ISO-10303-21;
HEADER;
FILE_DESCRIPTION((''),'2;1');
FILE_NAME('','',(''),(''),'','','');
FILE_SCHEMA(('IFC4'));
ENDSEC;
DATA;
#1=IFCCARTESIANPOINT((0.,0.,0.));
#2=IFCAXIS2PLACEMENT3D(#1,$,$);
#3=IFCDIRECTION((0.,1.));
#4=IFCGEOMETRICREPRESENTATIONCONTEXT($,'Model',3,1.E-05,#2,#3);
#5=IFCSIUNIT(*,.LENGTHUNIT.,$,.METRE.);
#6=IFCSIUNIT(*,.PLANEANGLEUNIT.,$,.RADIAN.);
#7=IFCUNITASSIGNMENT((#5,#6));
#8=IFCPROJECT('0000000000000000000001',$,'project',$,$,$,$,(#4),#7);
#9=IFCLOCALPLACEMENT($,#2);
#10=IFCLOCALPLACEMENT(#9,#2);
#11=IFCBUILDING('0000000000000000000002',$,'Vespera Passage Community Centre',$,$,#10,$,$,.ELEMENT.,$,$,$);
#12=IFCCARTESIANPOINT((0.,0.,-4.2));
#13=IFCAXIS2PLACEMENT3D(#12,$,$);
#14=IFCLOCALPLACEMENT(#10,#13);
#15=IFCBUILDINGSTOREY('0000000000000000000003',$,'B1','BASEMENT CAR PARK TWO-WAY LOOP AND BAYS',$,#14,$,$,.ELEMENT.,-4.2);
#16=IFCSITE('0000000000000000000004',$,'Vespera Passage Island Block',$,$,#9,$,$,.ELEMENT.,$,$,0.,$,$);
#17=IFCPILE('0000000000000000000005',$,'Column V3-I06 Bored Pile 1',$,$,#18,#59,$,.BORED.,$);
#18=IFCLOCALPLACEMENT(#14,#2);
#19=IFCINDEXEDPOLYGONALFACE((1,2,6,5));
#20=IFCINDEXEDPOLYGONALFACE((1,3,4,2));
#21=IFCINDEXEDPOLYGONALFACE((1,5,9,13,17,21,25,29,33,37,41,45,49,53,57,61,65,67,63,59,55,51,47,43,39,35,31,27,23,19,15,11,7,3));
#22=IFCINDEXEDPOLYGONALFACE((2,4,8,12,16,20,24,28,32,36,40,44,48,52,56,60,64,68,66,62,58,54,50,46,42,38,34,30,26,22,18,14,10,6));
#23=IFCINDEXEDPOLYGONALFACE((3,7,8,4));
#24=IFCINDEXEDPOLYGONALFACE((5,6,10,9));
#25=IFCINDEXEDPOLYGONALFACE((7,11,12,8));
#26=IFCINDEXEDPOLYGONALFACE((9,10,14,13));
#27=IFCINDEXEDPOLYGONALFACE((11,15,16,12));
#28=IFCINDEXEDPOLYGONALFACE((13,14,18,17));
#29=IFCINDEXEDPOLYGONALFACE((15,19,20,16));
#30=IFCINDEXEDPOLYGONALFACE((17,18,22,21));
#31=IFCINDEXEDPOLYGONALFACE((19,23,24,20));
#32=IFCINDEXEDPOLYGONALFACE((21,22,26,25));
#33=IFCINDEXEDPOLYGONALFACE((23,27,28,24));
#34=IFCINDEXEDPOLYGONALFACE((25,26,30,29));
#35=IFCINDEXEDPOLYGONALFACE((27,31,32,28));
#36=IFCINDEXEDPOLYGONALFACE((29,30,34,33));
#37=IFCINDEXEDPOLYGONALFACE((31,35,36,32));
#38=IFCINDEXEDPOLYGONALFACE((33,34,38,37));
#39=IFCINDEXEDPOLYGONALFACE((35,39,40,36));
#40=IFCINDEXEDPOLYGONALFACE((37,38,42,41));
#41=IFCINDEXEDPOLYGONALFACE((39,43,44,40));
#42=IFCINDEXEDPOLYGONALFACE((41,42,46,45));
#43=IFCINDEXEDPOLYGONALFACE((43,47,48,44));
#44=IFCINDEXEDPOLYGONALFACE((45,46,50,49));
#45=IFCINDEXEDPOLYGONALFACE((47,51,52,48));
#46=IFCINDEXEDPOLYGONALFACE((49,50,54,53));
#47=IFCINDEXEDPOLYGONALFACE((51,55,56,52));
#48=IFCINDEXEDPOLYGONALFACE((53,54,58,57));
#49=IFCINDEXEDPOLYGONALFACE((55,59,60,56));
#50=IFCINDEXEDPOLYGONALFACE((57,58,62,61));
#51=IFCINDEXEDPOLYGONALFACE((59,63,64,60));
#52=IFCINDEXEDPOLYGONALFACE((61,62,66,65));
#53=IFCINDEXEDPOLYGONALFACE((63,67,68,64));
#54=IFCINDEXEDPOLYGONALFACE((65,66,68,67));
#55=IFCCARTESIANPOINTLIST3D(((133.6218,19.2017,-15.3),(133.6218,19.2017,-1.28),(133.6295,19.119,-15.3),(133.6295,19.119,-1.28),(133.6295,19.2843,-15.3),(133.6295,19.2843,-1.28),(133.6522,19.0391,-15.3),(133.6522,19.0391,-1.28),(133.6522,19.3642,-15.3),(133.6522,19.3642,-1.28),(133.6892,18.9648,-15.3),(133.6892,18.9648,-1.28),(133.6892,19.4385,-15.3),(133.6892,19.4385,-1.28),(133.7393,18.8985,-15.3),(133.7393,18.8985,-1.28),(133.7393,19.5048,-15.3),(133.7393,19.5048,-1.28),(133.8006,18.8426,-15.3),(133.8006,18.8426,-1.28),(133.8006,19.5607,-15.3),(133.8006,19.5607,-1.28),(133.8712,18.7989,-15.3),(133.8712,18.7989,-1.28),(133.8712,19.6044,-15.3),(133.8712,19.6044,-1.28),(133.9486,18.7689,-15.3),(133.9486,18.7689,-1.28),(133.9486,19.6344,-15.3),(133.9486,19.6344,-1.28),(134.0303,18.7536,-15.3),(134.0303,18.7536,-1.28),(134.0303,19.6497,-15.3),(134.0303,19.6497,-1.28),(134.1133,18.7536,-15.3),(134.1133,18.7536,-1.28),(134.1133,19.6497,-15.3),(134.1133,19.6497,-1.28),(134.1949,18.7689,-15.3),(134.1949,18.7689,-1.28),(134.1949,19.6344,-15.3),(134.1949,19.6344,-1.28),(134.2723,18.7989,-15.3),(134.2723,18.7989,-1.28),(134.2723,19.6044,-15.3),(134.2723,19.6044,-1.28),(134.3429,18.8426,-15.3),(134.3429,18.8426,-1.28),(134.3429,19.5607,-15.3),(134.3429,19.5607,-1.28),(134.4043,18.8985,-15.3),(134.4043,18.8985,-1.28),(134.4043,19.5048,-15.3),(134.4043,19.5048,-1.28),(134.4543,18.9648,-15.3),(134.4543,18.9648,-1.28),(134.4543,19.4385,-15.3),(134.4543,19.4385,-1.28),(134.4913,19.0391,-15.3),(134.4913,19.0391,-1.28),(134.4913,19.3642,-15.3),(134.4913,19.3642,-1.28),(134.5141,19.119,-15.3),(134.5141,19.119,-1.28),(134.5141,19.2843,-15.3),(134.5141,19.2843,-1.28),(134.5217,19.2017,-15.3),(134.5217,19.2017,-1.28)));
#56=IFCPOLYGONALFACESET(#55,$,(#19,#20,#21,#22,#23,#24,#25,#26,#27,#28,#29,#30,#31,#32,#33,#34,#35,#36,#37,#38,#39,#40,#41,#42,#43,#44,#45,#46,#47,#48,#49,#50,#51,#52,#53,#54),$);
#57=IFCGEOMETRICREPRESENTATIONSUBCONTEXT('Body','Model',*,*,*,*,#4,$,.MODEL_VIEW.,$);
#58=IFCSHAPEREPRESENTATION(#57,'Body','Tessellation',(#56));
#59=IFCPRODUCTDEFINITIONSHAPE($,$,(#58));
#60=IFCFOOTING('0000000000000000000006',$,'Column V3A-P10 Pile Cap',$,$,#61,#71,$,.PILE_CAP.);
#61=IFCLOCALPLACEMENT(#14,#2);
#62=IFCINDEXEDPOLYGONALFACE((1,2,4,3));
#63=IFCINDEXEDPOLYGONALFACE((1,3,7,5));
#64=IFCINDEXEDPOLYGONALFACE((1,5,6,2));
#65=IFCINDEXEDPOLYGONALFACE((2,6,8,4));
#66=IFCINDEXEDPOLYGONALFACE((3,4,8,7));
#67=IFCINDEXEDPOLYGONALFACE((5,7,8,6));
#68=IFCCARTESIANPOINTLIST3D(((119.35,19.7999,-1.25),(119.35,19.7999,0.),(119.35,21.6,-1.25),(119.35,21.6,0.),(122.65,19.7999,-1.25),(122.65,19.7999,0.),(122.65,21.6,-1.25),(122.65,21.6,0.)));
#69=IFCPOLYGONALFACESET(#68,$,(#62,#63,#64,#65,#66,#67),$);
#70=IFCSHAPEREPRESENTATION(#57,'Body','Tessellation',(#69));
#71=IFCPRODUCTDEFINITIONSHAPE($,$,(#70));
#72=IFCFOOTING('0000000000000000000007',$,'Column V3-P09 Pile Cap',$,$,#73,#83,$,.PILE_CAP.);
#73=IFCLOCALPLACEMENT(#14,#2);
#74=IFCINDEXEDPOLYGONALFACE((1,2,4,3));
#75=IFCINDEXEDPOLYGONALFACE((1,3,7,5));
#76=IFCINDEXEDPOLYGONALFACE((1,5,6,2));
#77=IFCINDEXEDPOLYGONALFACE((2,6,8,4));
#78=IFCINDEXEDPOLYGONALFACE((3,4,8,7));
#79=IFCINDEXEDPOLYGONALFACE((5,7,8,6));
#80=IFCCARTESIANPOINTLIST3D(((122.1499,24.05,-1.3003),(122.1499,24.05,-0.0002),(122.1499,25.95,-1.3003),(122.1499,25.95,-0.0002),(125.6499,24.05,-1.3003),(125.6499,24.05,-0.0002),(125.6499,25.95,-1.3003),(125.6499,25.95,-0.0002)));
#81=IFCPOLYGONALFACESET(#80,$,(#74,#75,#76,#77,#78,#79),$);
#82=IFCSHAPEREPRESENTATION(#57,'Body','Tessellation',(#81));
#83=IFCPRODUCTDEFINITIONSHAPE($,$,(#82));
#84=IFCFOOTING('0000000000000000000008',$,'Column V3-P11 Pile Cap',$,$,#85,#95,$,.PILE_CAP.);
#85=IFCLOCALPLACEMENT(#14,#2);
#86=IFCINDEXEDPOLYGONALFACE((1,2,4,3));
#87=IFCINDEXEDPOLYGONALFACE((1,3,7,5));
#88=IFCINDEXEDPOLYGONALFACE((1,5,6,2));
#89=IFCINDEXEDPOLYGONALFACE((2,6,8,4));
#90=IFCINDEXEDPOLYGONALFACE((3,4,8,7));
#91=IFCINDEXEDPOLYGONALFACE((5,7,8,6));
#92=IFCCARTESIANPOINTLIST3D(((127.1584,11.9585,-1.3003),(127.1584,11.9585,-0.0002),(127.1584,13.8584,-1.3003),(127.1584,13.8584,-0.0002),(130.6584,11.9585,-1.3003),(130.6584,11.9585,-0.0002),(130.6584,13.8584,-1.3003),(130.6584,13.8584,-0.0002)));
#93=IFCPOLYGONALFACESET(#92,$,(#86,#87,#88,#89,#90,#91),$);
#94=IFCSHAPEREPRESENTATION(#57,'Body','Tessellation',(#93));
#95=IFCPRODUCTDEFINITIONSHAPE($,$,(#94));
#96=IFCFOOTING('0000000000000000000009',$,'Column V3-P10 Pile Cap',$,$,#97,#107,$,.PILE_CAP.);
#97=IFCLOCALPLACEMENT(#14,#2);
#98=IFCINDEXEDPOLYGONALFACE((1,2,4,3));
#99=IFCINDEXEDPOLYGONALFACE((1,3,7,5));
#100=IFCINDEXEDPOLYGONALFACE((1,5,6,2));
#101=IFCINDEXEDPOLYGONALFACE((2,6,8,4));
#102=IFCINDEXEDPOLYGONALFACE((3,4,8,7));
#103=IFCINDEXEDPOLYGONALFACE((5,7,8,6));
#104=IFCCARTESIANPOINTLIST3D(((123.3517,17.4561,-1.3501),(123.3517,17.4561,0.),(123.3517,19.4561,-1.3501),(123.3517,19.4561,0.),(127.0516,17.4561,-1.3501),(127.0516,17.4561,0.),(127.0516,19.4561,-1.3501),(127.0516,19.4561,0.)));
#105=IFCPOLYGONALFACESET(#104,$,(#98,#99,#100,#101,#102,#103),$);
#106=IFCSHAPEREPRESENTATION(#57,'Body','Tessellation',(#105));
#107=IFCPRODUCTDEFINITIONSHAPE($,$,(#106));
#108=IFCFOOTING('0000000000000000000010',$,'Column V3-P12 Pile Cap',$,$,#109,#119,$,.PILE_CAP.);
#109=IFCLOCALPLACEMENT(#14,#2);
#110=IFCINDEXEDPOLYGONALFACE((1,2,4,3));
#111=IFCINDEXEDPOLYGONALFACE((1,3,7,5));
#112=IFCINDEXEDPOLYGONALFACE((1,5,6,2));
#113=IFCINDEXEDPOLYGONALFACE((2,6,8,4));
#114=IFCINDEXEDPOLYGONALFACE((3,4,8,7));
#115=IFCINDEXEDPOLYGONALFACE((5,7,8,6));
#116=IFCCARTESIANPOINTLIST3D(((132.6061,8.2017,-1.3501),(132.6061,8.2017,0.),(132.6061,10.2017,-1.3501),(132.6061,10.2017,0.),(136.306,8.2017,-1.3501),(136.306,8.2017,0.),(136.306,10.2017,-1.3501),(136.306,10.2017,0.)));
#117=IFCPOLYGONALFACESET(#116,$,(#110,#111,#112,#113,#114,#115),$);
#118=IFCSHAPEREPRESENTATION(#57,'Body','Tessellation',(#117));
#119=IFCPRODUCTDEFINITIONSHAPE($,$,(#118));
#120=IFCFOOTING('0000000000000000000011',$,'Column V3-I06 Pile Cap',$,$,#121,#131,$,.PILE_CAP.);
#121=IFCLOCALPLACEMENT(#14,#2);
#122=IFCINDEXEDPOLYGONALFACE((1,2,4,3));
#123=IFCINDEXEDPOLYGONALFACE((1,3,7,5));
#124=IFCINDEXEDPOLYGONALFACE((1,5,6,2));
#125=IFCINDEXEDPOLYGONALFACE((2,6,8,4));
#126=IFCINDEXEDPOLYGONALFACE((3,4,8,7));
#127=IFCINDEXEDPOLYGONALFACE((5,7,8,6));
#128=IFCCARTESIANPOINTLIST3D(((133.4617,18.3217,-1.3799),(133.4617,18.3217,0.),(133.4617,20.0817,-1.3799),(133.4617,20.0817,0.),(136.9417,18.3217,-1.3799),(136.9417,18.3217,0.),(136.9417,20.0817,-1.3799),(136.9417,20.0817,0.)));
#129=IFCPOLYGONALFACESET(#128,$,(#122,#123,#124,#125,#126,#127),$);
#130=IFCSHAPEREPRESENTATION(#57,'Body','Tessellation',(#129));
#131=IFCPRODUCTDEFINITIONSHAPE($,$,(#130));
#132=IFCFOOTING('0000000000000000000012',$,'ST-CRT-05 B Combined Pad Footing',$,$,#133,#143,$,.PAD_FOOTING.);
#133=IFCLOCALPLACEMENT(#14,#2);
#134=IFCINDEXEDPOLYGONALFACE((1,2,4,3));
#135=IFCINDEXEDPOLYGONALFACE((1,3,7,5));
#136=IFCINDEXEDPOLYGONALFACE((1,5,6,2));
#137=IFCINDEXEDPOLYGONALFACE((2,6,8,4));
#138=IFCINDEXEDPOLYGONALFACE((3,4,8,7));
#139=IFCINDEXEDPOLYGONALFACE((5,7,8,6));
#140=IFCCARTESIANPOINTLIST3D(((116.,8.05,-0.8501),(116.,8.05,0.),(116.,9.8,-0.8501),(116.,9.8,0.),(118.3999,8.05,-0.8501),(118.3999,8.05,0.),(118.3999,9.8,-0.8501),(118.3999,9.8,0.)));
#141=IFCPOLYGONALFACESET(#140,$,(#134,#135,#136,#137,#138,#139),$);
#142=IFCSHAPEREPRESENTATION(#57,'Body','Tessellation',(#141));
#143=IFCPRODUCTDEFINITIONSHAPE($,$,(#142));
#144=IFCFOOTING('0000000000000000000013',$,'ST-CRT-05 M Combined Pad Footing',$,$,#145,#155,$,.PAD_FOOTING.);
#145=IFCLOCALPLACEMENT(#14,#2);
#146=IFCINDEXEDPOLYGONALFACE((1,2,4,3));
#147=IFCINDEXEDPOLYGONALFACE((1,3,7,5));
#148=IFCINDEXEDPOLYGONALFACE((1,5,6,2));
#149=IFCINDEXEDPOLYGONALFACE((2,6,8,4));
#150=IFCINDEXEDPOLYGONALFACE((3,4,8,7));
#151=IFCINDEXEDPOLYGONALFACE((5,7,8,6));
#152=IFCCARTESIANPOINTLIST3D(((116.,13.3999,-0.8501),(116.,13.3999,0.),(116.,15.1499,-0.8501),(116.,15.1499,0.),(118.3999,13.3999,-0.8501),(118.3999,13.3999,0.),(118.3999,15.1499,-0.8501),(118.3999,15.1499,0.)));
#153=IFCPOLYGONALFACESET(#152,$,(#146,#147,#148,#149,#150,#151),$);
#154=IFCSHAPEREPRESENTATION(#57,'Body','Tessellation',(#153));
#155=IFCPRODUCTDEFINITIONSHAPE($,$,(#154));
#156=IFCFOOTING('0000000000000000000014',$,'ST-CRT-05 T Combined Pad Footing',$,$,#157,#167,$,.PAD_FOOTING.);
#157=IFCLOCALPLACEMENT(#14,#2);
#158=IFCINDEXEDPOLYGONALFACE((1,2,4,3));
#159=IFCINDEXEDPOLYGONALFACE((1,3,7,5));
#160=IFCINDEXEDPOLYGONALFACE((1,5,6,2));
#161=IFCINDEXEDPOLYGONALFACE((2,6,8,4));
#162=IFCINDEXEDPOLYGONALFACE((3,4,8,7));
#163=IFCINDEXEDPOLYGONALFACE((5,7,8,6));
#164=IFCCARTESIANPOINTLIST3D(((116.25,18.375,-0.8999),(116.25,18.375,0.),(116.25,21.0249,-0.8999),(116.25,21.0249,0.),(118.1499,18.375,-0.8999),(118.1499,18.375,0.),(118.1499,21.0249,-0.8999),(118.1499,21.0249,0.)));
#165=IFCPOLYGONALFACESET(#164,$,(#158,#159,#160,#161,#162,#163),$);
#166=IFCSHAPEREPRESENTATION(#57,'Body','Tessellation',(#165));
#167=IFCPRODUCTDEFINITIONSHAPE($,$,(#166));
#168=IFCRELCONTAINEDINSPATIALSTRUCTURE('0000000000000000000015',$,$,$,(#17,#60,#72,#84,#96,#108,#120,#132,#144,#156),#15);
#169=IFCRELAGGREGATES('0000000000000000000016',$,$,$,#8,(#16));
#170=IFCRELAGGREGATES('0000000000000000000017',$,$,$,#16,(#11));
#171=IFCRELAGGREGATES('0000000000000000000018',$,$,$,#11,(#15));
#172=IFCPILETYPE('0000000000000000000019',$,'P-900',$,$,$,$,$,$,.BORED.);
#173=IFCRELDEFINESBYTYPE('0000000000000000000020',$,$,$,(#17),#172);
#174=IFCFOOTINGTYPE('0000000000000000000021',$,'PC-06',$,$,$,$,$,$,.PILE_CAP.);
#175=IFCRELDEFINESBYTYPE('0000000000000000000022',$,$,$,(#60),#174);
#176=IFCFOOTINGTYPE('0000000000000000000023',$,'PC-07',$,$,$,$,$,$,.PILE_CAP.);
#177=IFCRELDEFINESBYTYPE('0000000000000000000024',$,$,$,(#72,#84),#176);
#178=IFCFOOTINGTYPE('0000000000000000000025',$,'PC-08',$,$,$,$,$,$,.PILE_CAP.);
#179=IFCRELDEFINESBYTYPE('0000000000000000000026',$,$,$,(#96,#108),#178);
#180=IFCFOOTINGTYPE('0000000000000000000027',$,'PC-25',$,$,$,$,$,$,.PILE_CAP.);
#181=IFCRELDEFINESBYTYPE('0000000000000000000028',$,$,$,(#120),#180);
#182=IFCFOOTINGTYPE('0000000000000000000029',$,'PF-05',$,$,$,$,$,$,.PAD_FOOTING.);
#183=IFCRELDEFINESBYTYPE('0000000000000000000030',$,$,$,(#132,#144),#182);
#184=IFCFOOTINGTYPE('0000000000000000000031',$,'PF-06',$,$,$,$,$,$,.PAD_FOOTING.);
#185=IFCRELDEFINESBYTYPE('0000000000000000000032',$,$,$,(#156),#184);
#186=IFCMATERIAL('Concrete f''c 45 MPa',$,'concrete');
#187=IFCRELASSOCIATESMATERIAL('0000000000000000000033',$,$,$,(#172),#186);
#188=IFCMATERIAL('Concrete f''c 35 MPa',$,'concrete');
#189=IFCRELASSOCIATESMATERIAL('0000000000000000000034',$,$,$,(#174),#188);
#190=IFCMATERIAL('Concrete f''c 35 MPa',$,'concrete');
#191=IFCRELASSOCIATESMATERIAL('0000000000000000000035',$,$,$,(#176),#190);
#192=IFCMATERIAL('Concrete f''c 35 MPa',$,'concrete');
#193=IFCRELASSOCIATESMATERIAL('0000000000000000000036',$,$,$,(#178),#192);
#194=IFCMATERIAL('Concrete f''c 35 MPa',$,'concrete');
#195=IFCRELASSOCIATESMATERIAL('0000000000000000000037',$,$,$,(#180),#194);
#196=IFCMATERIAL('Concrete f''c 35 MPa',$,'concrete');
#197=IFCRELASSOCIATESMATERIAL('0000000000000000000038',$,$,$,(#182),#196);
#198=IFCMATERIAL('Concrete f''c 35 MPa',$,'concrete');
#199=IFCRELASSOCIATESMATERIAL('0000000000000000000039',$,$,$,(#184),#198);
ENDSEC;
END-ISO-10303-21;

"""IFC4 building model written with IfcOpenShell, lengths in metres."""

from ifc_helpers import new_model, si_unit, direction, frame, origin, origin_2d, place, context, subcontext, project, spatial, rectangle, circle, extrude, material, material_profile, profile_set, type_object, element, save


model = new_model("IFC4")

# Units and contexts
model_context = context("Model", 3, precision=1e-05, world=origin(), true_north=direction((0.0, 1.0)))
body_context = subcontext(model_context, "Body", "Model", "MODEL_VIEW")
ifc_project = project(units=[si_unit("LENGTHUNIT", "METRE"), si_unit("PLANEANGLEUNIT", "RADIAN")], contexts=[model_context])

# Site, building, storey
site_placement = place(None, origin())
site = spatial("IfcSite", under=ifc_project, at=site_placement, Name="Vespera Passage Island Block", CompositionType="ELEMENT", RefElevation=0.0)
building_placement = place(site_placement, origin())
building = spatial("IfcBuilding", under=site, at=building_placement, Name="Vespera Passage Community Centre", CompositionType="ELEMENT")
storey_placement = place(building_placement, frame((0.0, 0.0, -4.2)))
storey = spatial("IfcBuildingStorey", under=building, at=storey_placement, Name="B1", Description="BASEMENT CAR PARK TWO-WAY LOOP AND BAYS", CompositionType="ELEMENT", Elevation=-4.2)

# Pile
ifc_material_1 = material(Name="Concrete f'c 45 MPa", Category="concrete")
ifc_material_profile_1 = material_profile(ifc_material_1, circle(Radius=0.45, at=origin_2d()), Name="PILE900DIA")
ifc_profile_set_1 = profile_set([ifc_material_profile_1], Name="Concrete f'c 45 MPa")
pile_type_1 = type_object("IfcPileType", Name="P-900", PredefinedType="BORED", material=ifc_profile_set_1)
pile_1_placement = place(storey_placement, frame((134.0718, 19.2017, -1.28), z_axis=(0.0, 0.0, -1.0), x_axis=(1.0, 0.0, 0.0)))
element("IfcPile", 1, at=pile_1_placement, inside=storey, type_object=pile_type_1, Name="Column V3-I06 Bored Pile 1", PredefinedType="BORED", context=body_context, shape_type="SweptSolid", body=[
    extrude(circle(Radius=0.45, at=origin_2d()), origin(), (0.0, 0.0, 1.0), 14.02),
])

# Footings
ifc_material_2 = material(Name="Concrete f'c 35 MPa", Category="concrete")
footing_type_1 = type_object("IfcFootingType", Name="PC-06", PredefinedType="PILE_CAP", material=ifc_material_2)
footing_1_placement = place(storey_placement, frame((121.0, 20.7, -1.25), z_axis=(0.0, 0.0, 1.0), x_axis=(1.0, 0.0, 0.0)))
element("IfcFooting", 2, at=footing_1_placement, inside=storey, type_object=footing_type_1, Name="Column V3A-P10 Pile Cap", PredefinedType="PILE_CAP", context=body_context, shape_type="SweptSolid", body=[
    extrude(rectangle(XDim=3.3, YDim=1.8, at=origin_2d()), origin(), (0.0, 0.0, 1.0), 1.25),
])
ifc_material_3 = material(Name="Concrete f'c 35 MPa", Category="concrete")
footing_type_2 = type_object("IfcFootingType", Name="PC-07", PredefinedType="PILE_CAP", material=ifc_material_3)
for number, where, z_axis, x_axis, name in (
    (3, (123.8999, 25.0, -1.3003), (0.0, 0.0, 1.0), (1.0, 0.0, 0.0), "Column V3-P09 Pile Cap"),
    (4, (128.9084, 12.9084, -1.3003), (0.0, 0.0, 1.0), (1.0, 0.0, 0.0), "Column V3-P11 Pile Cap"),
):
    element("IfcFooting", number, at=place(storey_placement, frame(where, z_axis=z_axis, x_axis=x_axis)), inside=storey, type_object=footing_type_2, Name=name, PredefinedType="PILE_CAP", context=body_context, shape_type="SweptSolid", body=[
        extrude(rectangle(XDim=3.5, YDim=1.8999, at=origin_2d()), origin(), (0.0, 0.0, 1.0), 1.3),
    ])
ifc_material_4 = material(Name="Concrete f'c 35 MPa", Category="concrete")
footing_type_3 = type_object("IfcFootingType", Name="PC-08", PredefinedType="PILE_CAP", material=ifc_material_4)
for number, where, z_axis, x_axis, name in (
    (5, (125.2017, 18.4561, -1.3501), (0.0, 0.0, 1.0), (1.0, 0.0, 0.0), "Column V3-P10 Pile Cap"),
    (6, (134.4561, 9.2017, -1.3501), (0.0, 0.0, 1.0), (1.0, 0.0, 0.0), "Column V3-P12 Pile Cap"),
):
    element("IfcFooting", number, at=place(storey_placement, frame(where, z_axis=z_axis, x_axis=x_axis)), inside=storey, type_object=footing_type_3, Name=name, PredefinedType="PILE_CAP", context=body_context, shape_type="SweptSolid", body=[
        extrude(rectangle(XDim=3.7, YDim=2.0, at=origin_2d()), origin(), (0.0, 0.0, 1.0), 1.3501),
    ])
ifc_material_5 = material(Name="Concrete f'c 35 MPa", Category="concrete")
footing_type_4 = type_object("IfcFootingType", Name="PC-25", PredefinedType="PILE_CAP", material=ifc_material_5)
footing_2_placement = place(storey_placement, frame((135.2017, 19.2017, -1.3799), z_axis=(0.0, 0.0, 1.0), x_axis=(1.0, 0.0, 0.0)))
element("IfcFooting", 7, at=footing_2_placement, inside=storey, type_object=footing_type_4, Name="Column V3-I06 Pile Cap", PredefinedType="PILE_CAP", context=body_context, shape_type="SweptSolid", body=[
    extrude(rectangle(XDim=3.48, YDim=1.76, at=origin_2d()), origin(), (0.0, 0.0, 1.0), 1.3799),
])
ifc_material_6 = material(Name="Concrete f'c 35 MPa", Category="concrete")
footing_type_5 = type_object("IfcFootingType", Name="PF-05", PredefinedType="PAD_FOOTING", material=ifc_material_6)
for number, where, z_axis, x_axis, name in (
    (8, (117.2, 8.925, -0.8501), (0.0, 0.0, 1.0), (-1.0, 0.0, 0.0), "ST-CRT-05 B Combined Pad Footing"),
    (9, (117.2, 14.2749, -0.8501), (0.0, 0.0, 1.0), (-1.0, 0.0, 0.0), "ST-CRT-05 M Combined Pad Footing"),
):
    element("IfcFooting", number, at=place(storey_placement, frame(where, z_axis=z_axis, x_axis=x_axis)), inside=storey, type_object=footing_type_5, Name=name, PredefinedType="PAD_FOOTING", context=body_context, shape_type="SweptSolid", body=[
        extrude(rectangle(XDim=2.3999, YDim=1.75, at=origin_2d()), origin(), (0.0, 0.0, 1.0), 0.8501),
    ])
ifc_material_7 = material(Name="Concrete f'c 35 MPa", Category="concrete")
footing_type_6 = type_object("IfcFootingType", Name="PF-06", PredefinedType="PAD_FOOTING", material=ifc_material_7)
footing_3_placement = place(storey_placement, frame((117.2, 19.7, -0.8999), z_axis=(0.0, 0.0, 1.0), x_axis=(0.0, 1.0, 0.0)))
element("IfcFooting", 10, at=footing_3_placement, inside=storey, type_object=footing_type_6, Name="ST-CRT-05 T Combined Pad Footing", PredefinedType="PAD_FOOTING", context=body_context, shape_type="SweptSolid", body=[
    extrude(rectangle(XDim=2.6499, YDim=1.8999, at=origin_2d()), origin(), (0.0, 0.0, 1.0), 0.8999),
])

save(model, "model.ifc")
